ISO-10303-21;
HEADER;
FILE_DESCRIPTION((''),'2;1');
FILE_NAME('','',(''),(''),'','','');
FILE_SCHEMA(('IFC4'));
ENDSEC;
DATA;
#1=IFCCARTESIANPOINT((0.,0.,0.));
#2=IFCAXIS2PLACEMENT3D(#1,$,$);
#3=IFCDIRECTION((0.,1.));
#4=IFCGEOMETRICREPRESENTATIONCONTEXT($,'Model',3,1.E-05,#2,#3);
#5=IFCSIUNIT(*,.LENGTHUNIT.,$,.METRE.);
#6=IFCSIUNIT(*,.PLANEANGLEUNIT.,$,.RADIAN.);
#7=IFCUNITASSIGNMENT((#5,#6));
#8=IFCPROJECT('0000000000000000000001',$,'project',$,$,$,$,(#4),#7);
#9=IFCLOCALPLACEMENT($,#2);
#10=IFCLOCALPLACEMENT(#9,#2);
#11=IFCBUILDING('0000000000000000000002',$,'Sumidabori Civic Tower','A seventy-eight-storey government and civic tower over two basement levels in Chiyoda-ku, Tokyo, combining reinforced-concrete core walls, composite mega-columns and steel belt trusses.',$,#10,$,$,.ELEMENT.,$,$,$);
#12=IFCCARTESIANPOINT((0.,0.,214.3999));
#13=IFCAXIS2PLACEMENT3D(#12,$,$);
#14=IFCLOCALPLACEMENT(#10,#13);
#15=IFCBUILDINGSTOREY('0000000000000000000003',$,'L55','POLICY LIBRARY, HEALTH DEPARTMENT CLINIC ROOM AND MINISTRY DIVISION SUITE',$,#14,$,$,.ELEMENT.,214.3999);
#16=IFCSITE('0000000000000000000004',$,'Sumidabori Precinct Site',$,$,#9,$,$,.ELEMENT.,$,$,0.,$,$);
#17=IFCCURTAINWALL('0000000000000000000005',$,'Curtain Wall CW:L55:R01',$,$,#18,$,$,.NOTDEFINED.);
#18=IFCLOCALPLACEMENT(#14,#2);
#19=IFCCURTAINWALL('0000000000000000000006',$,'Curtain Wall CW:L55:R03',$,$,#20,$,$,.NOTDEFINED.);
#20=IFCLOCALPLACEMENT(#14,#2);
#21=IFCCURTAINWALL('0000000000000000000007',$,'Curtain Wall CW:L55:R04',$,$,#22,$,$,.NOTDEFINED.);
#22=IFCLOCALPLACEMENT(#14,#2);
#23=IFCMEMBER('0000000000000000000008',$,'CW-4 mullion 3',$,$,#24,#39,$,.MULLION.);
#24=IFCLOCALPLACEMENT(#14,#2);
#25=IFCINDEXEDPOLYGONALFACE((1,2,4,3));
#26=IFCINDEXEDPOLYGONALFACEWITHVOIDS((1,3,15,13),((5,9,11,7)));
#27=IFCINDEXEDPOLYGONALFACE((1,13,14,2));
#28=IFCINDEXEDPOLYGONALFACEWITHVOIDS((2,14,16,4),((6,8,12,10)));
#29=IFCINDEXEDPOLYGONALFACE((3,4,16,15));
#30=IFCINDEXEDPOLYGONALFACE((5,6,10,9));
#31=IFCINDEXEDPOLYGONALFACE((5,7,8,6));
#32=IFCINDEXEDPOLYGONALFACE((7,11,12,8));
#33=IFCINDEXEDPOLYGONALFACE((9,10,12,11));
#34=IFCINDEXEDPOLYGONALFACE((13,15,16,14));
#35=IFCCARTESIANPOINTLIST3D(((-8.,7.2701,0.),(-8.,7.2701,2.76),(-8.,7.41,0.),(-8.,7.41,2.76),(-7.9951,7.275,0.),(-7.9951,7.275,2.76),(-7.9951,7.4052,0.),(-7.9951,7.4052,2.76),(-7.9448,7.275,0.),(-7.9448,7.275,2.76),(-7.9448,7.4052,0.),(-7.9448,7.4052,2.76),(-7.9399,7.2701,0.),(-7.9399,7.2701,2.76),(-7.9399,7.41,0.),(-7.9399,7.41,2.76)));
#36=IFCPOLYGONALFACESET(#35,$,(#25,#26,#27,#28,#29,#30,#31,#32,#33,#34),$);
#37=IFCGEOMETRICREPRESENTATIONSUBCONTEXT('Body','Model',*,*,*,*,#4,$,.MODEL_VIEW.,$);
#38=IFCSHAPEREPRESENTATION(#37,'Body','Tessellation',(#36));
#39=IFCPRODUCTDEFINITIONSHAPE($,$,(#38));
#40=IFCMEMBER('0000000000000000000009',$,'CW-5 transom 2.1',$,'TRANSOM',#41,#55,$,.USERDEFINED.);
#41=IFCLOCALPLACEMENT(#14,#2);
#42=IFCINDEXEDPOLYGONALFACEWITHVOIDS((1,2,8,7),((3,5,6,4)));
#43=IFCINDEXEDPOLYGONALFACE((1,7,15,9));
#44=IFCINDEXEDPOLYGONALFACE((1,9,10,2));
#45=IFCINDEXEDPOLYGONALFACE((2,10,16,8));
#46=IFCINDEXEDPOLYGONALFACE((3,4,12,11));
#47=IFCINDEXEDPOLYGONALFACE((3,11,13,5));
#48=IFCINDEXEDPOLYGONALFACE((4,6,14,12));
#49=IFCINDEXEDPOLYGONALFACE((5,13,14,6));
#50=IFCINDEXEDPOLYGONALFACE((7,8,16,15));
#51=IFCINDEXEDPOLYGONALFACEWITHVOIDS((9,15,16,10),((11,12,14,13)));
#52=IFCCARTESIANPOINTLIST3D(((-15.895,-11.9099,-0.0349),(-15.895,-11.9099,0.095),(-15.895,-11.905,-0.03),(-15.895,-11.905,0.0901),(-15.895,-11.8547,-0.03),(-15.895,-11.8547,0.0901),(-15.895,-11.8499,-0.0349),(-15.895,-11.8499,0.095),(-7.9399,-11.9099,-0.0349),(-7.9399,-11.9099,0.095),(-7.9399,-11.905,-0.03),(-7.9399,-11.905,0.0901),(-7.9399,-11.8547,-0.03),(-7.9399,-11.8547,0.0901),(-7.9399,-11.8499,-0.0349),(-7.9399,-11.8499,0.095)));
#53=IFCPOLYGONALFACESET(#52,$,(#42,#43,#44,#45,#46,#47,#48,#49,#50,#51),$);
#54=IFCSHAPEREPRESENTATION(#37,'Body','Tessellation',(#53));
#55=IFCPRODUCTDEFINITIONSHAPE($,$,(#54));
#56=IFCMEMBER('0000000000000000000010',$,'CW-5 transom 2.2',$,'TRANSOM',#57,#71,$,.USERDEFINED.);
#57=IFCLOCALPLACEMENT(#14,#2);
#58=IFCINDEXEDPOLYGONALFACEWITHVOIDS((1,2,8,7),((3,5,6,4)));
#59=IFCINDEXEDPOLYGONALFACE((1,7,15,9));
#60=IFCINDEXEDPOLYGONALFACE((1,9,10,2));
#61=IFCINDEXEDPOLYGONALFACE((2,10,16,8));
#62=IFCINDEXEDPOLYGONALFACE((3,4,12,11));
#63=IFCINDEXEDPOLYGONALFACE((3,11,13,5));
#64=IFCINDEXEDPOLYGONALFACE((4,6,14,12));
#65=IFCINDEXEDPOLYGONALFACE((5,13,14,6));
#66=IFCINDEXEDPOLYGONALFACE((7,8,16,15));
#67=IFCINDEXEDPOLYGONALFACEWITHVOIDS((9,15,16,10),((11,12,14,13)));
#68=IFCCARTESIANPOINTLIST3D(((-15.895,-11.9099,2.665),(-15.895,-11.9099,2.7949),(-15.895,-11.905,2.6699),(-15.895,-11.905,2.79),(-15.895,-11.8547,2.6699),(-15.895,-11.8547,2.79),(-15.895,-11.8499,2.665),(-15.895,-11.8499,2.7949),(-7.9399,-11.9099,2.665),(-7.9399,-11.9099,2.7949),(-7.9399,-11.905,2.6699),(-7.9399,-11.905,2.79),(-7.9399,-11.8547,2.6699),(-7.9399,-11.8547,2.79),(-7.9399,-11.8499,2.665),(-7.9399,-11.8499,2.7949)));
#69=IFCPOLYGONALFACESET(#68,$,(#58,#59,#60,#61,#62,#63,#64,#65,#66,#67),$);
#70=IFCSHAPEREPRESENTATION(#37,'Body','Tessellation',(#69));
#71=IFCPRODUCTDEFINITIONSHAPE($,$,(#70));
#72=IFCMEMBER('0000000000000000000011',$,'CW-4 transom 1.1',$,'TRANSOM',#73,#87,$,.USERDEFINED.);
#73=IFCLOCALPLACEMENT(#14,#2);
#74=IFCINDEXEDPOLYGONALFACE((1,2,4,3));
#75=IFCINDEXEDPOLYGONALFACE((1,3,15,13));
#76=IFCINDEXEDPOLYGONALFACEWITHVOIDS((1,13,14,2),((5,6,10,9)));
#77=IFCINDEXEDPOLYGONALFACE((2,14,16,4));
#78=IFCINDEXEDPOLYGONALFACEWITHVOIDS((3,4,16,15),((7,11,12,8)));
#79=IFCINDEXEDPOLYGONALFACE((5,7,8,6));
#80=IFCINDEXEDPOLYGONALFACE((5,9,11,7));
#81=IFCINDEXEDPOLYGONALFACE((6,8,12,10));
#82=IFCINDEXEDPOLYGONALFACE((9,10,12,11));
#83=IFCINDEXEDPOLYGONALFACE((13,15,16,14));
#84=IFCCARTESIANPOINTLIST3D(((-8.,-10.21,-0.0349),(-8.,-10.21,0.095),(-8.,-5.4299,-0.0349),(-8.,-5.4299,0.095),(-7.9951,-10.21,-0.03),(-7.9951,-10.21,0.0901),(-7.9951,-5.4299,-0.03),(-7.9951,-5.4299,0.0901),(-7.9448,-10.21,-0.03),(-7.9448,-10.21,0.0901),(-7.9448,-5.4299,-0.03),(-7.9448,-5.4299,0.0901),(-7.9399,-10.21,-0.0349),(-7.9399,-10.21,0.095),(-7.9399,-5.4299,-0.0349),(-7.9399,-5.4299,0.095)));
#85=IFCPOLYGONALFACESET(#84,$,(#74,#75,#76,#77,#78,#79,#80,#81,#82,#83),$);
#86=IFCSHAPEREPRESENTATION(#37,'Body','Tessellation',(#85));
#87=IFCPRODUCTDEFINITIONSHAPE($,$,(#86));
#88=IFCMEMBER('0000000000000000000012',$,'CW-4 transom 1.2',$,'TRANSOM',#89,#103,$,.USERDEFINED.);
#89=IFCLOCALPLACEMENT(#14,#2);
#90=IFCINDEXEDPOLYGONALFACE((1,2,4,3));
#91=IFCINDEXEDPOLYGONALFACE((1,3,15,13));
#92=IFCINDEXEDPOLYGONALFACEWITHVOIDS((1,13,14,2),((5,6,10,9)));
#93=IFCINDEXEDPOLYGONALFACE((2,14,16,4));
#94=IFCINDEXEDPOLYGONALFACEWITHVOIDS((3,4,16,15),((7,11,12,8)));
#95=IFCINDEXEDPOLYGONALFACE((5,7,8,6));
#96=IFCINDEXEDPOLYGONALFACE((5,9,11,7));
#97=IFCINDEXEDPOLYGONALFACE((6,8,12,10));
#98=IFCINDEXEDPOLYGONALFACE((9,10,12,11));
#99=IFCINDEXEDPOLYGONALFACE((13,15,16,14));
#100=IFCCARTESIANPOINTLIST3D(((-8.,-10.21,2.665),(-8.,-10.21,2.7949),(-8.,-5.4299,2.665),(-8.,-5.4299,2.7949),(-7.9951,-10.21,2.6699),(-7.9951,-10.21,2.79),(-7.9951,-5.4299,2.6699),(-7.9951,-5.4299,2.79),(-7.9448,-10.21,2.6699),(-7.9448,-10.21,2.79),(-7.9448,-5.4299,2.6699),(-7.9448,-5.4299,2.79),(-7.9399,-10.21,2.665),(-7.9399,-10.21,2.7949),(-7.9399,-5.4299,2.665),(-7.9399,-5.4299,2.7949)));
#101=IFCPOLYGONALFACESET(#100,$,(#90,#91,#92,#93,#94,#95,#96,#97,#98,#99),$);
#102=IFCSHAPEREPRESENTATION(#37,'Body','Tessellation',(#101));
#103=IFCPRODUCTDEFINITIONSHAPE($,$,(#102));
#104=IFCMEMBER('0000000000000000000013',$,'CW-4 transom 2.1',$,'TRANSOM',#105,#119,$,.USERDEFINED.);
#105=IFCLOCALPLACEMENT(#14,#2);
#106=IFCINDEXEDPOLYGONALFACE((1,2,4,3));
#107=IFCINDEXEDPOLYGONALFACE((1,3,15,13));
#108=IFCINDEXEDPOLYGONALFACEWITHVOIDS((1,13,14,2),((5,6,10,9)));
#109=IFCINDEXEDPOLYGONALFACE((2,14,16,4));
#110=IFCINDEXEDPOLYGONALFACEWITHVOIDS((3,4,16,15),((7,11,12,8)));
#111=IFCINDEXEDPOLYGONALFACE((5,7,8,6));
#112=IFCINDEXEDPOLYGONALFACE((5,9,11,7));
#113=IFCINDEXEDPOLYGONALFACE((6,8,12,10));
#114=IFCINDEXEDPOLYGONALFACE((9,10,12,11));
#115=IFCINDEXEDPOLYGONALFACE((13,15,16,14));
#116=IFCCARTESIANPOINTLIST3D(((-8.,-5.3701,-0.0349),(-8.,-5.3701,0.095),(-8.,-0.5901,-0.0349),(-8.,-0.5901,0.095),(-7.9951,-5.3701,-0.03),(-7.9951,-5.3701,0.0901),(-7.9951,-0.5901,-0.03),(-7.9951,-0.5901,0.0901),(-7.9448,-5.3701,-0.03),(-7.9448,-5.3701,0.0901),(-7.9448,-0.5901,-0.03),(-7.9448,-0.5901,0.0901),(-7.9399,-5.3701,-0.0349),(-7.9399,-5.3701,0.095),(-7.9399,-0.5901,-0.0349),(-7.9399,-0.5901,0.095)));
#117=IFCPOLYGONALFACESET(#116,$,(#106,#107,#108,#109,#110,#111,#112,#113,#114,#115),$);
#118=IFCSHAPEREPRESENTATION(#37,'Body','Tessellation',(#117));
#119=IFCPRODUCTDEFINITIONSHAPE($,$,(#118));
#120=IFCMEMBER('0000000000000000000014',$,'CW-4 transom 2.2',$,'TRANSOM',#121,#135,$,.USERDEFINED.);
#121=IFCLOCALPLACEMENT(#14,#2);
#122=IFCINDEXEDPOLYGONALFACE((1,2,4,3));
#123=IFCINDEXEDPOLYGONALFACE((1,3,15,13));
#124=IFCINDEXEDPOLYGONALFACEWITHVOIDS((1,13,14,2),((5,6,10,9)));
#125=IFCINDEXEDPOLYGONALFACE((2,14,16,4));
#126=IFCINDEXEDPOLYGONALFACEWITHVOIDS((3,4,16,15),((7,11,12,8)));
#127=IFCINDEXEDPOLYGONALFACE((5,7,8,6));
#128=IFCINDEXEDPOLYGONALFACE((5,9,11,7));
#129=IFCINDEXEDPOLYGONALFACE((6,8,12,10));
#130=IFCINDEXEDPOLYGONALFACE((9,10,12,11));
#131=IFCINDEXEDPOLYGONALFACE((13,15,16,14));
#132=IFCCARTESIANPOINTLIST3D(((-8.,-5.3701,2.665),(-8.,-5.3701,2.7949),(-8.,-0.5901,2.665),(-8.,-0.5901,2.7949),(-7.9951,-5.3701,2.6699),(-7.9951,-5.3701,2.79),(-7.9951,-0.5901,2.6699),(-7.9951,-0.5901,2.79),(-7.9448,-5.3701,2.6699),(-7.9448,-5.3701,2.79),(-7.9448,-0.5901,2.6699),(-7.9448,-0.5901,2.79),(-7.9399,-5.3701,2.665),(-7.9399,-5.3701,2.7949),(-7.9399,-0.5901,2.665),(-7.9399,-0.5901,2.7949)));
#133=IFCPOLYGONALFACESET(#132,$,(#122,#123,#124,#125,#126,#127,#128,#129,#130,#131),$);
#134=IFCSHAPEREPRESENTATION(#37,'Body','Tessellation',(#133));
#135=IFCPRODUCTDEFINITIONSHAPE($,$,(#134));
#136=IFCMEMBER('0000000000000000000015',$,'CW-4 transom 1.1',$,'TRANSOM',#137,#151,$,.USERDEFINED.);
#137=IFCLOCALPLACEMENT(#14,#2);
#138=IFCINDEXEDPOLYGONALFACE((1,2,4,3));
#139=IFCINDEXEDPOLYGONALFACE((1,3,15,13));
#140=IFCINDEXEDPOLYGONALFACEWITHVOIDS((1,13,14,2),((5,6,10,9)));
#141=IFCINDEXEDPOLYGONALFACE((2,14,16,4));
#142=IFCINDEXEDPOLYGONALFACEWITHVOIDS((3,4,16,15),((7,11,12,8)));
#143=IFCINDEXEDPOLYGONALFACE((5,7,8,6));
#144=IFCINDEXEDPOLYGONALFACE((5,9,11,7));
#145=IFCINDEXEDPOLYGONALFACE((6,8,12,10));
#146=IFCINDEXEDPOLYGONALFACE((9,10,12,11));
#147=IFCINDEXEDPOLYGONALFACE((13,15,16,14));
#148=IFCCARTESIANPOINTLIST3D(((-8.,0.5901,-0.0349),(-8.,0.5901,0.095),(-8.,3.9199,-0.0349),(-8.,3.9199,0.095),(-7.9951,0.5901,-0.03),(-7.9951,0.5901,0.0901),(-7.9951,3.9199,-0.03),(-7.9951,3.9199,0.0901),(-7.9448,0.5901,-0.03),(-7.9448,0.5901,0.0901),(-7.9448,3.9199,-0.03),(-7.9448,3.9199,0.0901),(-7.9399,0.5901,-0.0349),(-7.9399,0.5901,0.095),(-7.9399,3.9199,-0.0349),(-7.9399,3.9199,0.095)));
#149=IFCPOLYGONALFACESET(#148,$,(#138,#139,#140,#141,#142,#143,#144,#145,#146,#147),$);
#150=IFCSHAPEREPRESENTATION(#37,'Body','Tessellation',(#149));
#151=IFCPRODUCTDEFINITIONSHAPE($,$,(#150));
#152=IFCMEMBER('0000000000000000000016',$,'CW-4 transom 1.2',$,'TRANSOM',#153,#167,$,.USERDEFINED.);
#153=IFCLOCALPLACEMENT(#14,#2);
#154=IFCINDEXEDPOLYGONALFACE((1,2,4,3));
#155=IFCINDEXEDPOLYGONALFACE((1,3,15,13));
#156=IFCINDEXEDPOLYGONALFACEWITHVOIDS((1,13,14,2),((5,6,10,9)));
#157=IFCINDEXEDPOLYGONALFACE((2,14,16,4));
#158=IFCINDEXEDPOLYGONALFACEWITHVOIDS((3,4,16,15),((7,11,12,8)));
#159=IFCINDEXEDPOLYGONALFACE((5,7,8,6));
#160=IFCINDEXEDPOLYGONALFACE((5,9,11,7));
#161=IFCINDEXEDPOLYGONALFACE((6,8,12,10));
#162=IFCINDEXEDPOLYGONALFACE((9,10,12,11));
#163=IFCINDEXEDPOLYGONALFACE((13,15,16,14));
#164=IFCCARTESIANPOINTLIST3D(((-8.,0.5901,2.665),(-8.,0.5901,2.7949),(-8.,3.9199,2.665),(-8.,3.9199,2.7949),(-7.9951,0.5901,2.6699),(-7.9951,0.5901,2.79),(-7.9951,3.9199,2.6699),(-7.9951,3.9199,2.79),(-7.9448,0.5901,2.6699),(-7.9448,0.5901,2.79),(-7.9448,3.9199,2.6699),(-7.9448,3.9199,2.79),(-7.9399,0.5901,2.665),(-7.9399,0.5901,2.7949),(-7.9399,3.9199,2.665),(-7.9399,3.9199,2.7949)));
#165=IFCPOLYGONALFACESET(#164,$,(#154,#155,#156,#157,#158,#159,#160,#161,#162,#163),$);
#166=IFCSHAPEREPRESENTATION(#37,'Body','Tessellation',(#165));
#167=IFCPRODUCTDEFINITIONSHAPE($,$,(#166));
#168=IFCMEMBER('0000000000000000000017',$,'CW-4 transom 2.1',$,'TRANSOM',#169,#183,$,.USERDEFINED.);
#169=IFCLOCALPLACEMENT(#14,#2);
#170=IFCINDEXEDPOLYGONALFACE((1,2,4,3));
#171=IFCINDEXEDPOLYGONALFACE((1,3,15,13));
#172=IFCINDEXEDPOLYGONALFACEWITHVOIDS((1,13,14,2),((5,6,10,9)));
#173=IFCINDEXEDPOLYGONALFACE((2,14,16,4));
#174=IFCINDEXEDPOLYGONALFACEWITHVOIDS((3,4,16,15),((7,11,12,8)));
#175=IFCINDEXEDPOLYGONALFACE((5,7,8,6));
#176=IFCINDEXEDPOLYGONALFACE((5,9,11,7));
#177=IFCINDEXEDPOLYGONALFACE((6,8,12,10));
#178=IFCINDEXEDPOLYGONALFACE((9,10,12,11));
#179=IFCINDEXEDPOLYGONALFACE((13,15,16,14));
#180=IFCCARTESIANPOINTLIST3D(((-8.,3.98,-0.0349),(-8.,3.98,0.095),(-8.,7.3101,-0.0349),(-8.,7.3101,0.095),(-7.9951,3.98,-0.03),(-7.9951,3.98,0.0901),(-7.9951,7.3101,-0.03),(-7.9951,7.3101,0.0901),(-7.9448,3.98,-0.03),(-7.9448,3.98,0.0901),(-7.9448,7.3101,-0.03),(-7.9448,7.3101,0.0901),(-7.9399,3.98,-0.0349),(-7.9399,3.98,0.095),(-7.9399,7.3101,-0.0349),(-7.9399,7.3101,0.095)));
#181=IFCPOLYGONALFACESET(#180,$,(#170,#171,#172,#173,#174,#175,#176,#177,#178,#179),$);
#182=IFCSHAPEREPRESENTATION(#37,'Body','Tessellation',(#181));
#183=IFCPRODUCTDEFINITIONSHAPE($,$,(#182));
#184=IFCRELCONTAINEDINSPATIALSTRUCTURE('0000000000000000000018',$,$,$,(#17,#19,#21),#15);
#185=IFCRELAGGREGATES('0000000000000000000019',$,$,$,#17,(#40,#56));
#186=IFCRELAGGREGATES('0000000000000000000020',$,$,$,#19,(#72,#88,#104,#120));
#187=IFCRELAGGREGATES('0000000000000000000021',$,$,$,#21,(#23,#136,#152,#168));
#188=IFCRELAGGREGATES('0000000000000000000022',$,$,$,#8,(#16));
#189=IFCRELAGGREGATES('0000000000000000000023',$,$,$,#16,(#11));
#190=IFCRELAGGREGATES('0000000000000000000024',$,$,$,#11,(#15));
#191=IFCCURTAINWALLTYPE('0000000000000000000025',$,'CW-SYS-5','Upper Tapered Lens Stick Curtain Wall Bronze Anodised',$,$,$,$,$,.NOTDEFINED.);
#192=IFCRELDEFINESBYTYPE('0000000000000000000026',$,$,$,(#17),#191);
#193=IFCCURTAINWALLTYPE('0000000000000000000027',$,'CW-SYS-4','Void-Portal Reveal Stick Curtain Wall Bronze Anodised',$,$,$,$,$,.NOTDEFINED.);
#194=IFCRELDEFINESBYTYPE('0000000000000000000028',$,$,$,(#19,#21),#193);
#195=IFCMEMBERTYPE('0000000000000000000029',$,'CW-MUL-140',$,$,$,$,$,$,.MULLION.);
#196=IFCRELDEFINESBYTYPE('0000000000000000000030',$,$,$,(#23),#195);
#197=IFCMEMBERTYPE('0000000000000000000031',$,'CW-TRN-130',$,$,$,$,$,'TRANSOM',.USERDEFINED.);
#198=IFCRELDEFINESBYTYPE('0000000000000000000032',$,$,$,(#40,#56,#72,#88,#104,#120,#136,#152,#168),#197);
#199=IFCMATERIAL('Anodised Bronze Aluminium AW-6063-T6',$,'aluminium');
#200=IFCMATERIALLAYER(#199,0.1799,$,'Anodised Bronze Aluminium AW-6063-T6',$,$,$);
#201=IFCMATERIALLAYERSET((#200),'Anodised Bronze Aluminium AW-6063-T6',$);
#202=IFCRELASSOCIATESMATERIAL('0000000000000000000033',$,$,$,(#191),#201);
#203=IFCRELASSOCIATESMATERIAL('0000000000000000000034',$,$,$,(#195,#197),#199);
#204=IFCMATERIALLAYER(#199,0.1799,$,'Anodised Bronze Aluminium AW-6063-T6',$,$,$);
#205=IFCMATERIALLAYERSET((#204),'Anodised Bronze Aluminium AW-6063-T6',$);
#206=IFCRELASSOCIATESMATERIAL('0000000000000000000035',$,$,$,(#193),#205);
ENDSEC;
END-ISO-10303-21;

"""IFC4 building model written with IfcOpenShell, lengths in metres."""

from ifc_helpers import new_model, si_unit, direction, frame, origin, origin_2d, place, context, subcontext, project, spatial, hollow_rectangle, extrude, source, transform, mapped, material, layer, layer_set, material_profile, profile_set, type_object, element, aggregate, save


model = new_model("IFC4")

# Units and contexts
model_context = context("Model", 3, precision=1e-05, world=origin(), true_north=direction((0.0, 1.0)))
body_context = subcontext(model_context, "Body", "Model", "MODEL_VIEW")
ifc_project = project(units=[si_unit("LENGTHUNIT", "METRE"), si_unit("PLANEANGLEUNIT", "RADIAN")], contexts=[model_context])

# Site, building, storey
site_placement = place(None, origin())
site = spatial("IfcSite", under=ifc_project, at=site_placement, Name="Sumidabori Precinct Site", CompositionType="ELEMENT", RefElevation=0.0)
building_placement = place(site_placement, origin())
building = spatial("IfcBuilding", under=site, at=building_placement, Name="Sumidabori Civic Tower", Description="A seventy-eight-storey government and civic tower over two basement levels in Chiyoda-ku, Tokyo, combining reinforced-concrete core walls, composite mega-columns and steel belt trusses.", CompositionType="ELEMENT")
storey_placement = place(building_placement, frame((0.0, 0.0, 214.3999)))
storey = spatial("IfcBuildingStorey", under=building, at=storey_placement, Name="L55", Description="POLICY LIBRARY, HEALTH DEPARTMENT CLINIC ROOM AND MINISTRY DIVISION SUITE", CompositionType="ELEMENT", Elevation=214.3999)

# Curtain walls, member
ifc_material_1 = material(Name="Anodised Bronze Aluminium AW-6063-T6", Category="aluminium")
ifc_layer_1 = layer(ifc_material_1, 0.1799, Name="Anodised Bronze Aluminium AW-6063-T6")
ifc_layer_set_1 = layer_set([ifc_layer_1], Name="Anodised Bronze Aluminium AW-6063-T6")
curtain_wall_type_1 = type_object("IfcCurtainWallType", Name="CW-SYS-5", Description="Upper Tapered Lens Stick Curtain Wall Bronze Anodised", PredefinedType="NOTDEFINED", material=ifc_layer_set_1)
curtain_wall_1_placement = place(storey_placement, origin())
curtain_wall_1 = element("IfcCurtainWall", 1, at=curtain_wall_1_placement, inside=storey, type_object=curtain_wall_type_1, Name="Curtain Wall CW:L55:R01", PredefinedType="NOTDEFINED")
ifc_material_profile_1 = material_profile(ifc_material_1, hollow_rectangle(XDim=0.0601, YDim=0.1399, WallThickness=0.0049, at=origin_2d()), Name="ALU MULLION 140x60")
ifc_profile_set_1 = profile_set([ifc_material_profile_1], Name="Anodised Bronze Aluminium AW-6063-T6")
member_type_1 = type_object("IfcMemberType", Name="CW-MUL-140", PredefinedType="MULLION", material=ifc_profile_set_1)
shared_shape_1 = source(origin(), body_context, "Body", "SweptSolid", [
    extrude(hollow_rectangle(XDim=0.0601, YDim=0.1399, WallThickness=0.0049, at=origin_2d()), origin(), (0.0, 0.0, 1.0), 2.76),
])
ifc_layer_2 = layer(ifc_material_1, 0.1799, Name="Anodised Bronze Aluminium AW-6063-T6")
ifc_layer_set_2 = layer_set([ifc_layer_2], Name="Anodised Bronze Aluminium AW-6063-T6")
curtain_wall_type_2 = type_object("IfcCurtainWallType", Name="CW-SYS-4", Description="Void-Portal Reveal Stick Curtain Wall Bronze Anodised", PredefinedType="NOTDEFINED", material=ifc_layer_set_2)
curtain_wall_2_placement = place(storey_placement, origin())
curtain_wall_2 = element("IfcCurtainWall", 2, at=curtain_wall_2_placement, inside=storey, type_object=curtain_wall_type_2, Name="Curtain Wall CW:L55:R03", PredefinedType="NOTDEFINED")
curtain_wall_3_placement = place(storey_placement, origin())
curtain_wall_3 = element("IfcCurtainWall", 3, at=curtain_wall_3_placement, inside=storey, type_object=curtain_wall_type_2, Name="Curtain Wall CW:L55:R04", PredefinedType="NOTDEFINED")
member_1_placement = place(storey_placement, frame((-7.97, 7.3401, 0.0), z_axis=(0.0, 0.0, 1.0), x_axis=(-1.0, 0.0, 0.0)))
member_1 = element("IfcMember", 4, at=member_1_placement, type_object=member_type_1, Name="CW-4 mullion 3", PredefinedType="MULLION", context=body_context, shape_type="MappedRepresentation", body=[
    mapped(shared_shape_1, transform((0.0, 0.0, 0.0), x_axis=(1.0, 0.0, 0.0), y_axis=(0.0, 1.0, 0.0), z_axis=(0.0, 0.0, 1.0), scale=1.0)),
])

# Members
ifc_material_profile_2 = material_profile(ifc_material_1, hollow_rectangle(XDim=0.0601, YDim=0.1299, WallThickness=0.0049, at=origin_2d()), Name="ALU TRANSOM 130x60")
ifc_profile_set_2 = profile_set([ifc_material_profile_2], Name="Anodised Bronze Aluminium AW-6063-T6")
member_type_2 = type_object("IfcMemberType", Name="CW-TRN-130", ElementType="TRANSOM", PredefinedType="USERDEFINED", material=ifc_profile_set_2)
shared_shape_2 = source(origin(), body_context, "Body", "SweptSolid", [
    extrude(hollow_rectangle(XDim=0.0601, YDim=0.1299, WallThickness=0.0049, at=origin_2d()), origin(), (0.0, 0.0, 1.0), 7.9551),
])
member_2_placement = place(storey_placement, frame((-15.895, -11.8799, 0.03), z_axis=(1.0, 0.0, 0.0), x_axis=(0.0, 1.0, 0.0)))
member_2 = element("IfcMember", 5, at=member_2_placement, type_object=member_type_2, Name="CW-5 transom 2.1", ObjectType="TRANSOM", PredefinedType="USERDEFINED", context=body_context, shape_type="MappedRepresentation", body=[
    mapped(shared_shape_2, transform((0.0, 0.0, 0.0), x_axis=(1.0, 0.0, 0.0), y_axis=(0.0, 1.0, 0.0), z_axis=(0.0, 0.0, 1.0), scale=1.0)),
])
member_3_placement = place(storey_placement, frame((-15.895, -11.8799, 2.73), z_axis=(1.0, 0.0, 0.0), x_axis=(0.0, 1.0, 0.0)))
member_3 = element("IfcMember", 6, at=member_3_placement, type_object=member_type_2, Name="CW-5 transom 2.2", ObjectType="TRANSOM", PredefinedType="USERDEFINED", context=body_context, shape_type="MappedRepresentation", body=[
    mapped(shared_shape_2, transform((0.0, 0.0, 0.0), x_axis=(1.0, 0.0, 0.0), y_axis=(0.0, 1.0, 0.0), z_axis=(0.0, 0.0, 1.0), scale=1.0)),
])
shared_shape_3 = source(origin(), body_context, "Body", "SweptSolid", [
    extrude(hollow_rectangle(XDim=0.0601, YDim=0.1299, WallThickness=0.0049, at=origin_2d()), origin(), (0.0, 0.0, 1.0), 4.78),
])
member_4_placement = place(storey_placement, frame((-7.97, -10.21, 0.03), z_axis=(0.0, 1.0, 0.0), x_axis=(-1.0, 0.0, 0.0)))
member_4 = element("IfcMember", 7, at=member_4_placement, type_object=member_type_2, Name="CW-4 transom 1.1", ObjectType="TRANSOM", PredefinedType="USERDEFINED", context=body_context, shape_type="MappedRepresentation", body=[
    mapped(shared_shape_3, transform((0.0, 0.0, 0.0), x_axis=(1.0, 0.0, 0.0), y_axis=(0.0, 1.0, 0.0), z_axis=(0.0, 0.0, 1.0), scale=1.0)),
])
member_5_placement = place(storey_placement, frame((-7.97, -10.21, 2.73), z_axis=(0.0, 1.0, 0.0), x_axis=(-1.0, 0.0, 0.0)))
member_5 = element("IfcMember", 8, at=member_5_placement, type_object=member_type_2, Name="CW-4 transom 1.2", ObjectType="TRANSOM", PredefinedType="USERDEFINED", context=body_context, shape_type="MappedRepresentation", body=[
    mapped(shared_shape_3, transform((0.0, 0.0, 0.0), x_axis=(1.0, 0.0, 0.0), y_axis=(0.0, 1.0, 0.0), z_axis=(0.0, 0.0, 1.0), scale=1.0)),
])
member_6_placement = place(storey_placement, frame((-7.97, -5.3701, 0.03), z_axis=(0.0, 1.0, 0.0), x_axis=(-1.0, 0.0, 0.0)))
member_6 = element("IfcMember", 9, at=member_6_placement, type_object=member_type_2, Name="CW-4 transom 2.1", ObjectType="TRANSOM", PredefinedType="USERDEFINED", context=body_context, shape_type="MappedRepresentation", body=[
    mapped(shared_shape_3, transform((0.0, 0.0, 0.0), x_axis=(1.0, 0.0, 0.0), y_axis=(0.0, 1.0, 0.0), z_axis=(0.0, 0.0, 1.0), scale=1.0)),
])
member_7_placement = place(storey_placement, frame((-7.97, -5.3701, 2.73), z_axis=(0.0, 1.0, 0.0), x_axis=(-1.0, 0.0, 0.0)))
member_7 = element("IfcMember", 10, at=member_7_placement, type_object=member_type_2, Name="CW-4 transom 2.2", ObjectType="TRANSOM", PredefinedType="USERDEFINED", context=body_context, shape_type="MappedRepresentation", body=[
    mapped(shared_shape_3, transform((0.0, 0.0, 0.0), x_axis=(1.0, 0.0, 0.0), y_axis=(0.0, 1.0, 0.0), z_axis=(0.0, 0.0, 1.0), scale=1.0)),
])
shared_shape_4 = source(origin(), body_context, "Body", "SweptSolid", [
    extrude(hollow_rectangle(XDim=0.0601, YDim=0.1299, WallThickness=0.0049, at=origin_2d()), origin(), (0.0, 0.0, 1.0), 3.3298),
])
member_8_placement = place(storey_placement, frame((-7.97, 0.5901, 0.03), z_axis=(0.0, 1.0, 0.0), x_axis=(-1.0, 0.0, 0.0)))
member_8 = element("IfcMember", 11, at=member_8_placement, type_object=member_type_2, Name="CW-4 transom 1.1", ObjectType="TRANSOM", PredefinedType="USERDEFINED", context=body_context, shape_type="MappedRepresentation", body=[
    mapped(shared_shape_4, transform((0.0, 0.0, 0.0), x_axis=(1.0, 0.0, 0.0), y_axis=(0.0, 1.0, 0.0), z_axis=(0.0, 0.0, 1.0), scale=1.0)),
])
member_9_placement = place(storey_placement, frame((-7.97, 0.5901, 2.73), z_axis=(0.0, 1.0, 0.0), x_axis=(-1.0, 0.0, 0.0)))
member_9 = element("IfcMember", 12, at=member_9_placement, type_object=member_type_2, Name="CW-4 transom 1.2", ObjectType="TRANSOM", PredefinedType="USERDEFINED", context=body_context, shape_type="MappedRepresentation", body=[
    mapped(shared_shape_4, transform((0.0, 0.0, 0.0), x_axis=(1.0, 0.0, 0.0), y_axis=(0.0, 1.0, 0.0), z_axis=(0.0, 0.0, 1.0), scale=1.0)),
])
shared_shape_5 = source(origin(), body_context, "Body", "SweptSolid", [
    extrude(hollow_rectangle(XDim=0.0601, YDim=0.1299, WallThickness=0.0049, at=origin_2d()), origin(), (0.0, 0.0, 1.0), 3.3301),
])
member_10_placement = place(storey_placement, frame((-7.97, 3.98, 0.03), z_axis=(0.0, 1.0, 0.0), x_axis=(-1.0, 0.0, 0.0)))
member_10 = element("IfcMember", 13, at=member_10_placement, type_object=member_type_2, Name="CW-4 transom 2.1", ObjectType="TRANSOM", PredefinedType="USERDEFINED", context=body_context, shape_type="MappedRepresentation", body=[
    mapped(shared_shape_5, transform((0.0, 0.0, 0.0), x_axis=(1.0, 0.0, 0.0), y_axis=(0.0, 1.0, 0.0), z_axis=(0.0, 0.0, 1.0), scale=1.0)),
])

aggregate(curtain_wall_1, [member_2, member_3])
aggregate(curtain_wall_2, [member_4, member_5, member_6, member_7])
aggregate(curtain_wall_3, [member_1, member_8, member_9, member_10])

save(model, "model.ifc")
